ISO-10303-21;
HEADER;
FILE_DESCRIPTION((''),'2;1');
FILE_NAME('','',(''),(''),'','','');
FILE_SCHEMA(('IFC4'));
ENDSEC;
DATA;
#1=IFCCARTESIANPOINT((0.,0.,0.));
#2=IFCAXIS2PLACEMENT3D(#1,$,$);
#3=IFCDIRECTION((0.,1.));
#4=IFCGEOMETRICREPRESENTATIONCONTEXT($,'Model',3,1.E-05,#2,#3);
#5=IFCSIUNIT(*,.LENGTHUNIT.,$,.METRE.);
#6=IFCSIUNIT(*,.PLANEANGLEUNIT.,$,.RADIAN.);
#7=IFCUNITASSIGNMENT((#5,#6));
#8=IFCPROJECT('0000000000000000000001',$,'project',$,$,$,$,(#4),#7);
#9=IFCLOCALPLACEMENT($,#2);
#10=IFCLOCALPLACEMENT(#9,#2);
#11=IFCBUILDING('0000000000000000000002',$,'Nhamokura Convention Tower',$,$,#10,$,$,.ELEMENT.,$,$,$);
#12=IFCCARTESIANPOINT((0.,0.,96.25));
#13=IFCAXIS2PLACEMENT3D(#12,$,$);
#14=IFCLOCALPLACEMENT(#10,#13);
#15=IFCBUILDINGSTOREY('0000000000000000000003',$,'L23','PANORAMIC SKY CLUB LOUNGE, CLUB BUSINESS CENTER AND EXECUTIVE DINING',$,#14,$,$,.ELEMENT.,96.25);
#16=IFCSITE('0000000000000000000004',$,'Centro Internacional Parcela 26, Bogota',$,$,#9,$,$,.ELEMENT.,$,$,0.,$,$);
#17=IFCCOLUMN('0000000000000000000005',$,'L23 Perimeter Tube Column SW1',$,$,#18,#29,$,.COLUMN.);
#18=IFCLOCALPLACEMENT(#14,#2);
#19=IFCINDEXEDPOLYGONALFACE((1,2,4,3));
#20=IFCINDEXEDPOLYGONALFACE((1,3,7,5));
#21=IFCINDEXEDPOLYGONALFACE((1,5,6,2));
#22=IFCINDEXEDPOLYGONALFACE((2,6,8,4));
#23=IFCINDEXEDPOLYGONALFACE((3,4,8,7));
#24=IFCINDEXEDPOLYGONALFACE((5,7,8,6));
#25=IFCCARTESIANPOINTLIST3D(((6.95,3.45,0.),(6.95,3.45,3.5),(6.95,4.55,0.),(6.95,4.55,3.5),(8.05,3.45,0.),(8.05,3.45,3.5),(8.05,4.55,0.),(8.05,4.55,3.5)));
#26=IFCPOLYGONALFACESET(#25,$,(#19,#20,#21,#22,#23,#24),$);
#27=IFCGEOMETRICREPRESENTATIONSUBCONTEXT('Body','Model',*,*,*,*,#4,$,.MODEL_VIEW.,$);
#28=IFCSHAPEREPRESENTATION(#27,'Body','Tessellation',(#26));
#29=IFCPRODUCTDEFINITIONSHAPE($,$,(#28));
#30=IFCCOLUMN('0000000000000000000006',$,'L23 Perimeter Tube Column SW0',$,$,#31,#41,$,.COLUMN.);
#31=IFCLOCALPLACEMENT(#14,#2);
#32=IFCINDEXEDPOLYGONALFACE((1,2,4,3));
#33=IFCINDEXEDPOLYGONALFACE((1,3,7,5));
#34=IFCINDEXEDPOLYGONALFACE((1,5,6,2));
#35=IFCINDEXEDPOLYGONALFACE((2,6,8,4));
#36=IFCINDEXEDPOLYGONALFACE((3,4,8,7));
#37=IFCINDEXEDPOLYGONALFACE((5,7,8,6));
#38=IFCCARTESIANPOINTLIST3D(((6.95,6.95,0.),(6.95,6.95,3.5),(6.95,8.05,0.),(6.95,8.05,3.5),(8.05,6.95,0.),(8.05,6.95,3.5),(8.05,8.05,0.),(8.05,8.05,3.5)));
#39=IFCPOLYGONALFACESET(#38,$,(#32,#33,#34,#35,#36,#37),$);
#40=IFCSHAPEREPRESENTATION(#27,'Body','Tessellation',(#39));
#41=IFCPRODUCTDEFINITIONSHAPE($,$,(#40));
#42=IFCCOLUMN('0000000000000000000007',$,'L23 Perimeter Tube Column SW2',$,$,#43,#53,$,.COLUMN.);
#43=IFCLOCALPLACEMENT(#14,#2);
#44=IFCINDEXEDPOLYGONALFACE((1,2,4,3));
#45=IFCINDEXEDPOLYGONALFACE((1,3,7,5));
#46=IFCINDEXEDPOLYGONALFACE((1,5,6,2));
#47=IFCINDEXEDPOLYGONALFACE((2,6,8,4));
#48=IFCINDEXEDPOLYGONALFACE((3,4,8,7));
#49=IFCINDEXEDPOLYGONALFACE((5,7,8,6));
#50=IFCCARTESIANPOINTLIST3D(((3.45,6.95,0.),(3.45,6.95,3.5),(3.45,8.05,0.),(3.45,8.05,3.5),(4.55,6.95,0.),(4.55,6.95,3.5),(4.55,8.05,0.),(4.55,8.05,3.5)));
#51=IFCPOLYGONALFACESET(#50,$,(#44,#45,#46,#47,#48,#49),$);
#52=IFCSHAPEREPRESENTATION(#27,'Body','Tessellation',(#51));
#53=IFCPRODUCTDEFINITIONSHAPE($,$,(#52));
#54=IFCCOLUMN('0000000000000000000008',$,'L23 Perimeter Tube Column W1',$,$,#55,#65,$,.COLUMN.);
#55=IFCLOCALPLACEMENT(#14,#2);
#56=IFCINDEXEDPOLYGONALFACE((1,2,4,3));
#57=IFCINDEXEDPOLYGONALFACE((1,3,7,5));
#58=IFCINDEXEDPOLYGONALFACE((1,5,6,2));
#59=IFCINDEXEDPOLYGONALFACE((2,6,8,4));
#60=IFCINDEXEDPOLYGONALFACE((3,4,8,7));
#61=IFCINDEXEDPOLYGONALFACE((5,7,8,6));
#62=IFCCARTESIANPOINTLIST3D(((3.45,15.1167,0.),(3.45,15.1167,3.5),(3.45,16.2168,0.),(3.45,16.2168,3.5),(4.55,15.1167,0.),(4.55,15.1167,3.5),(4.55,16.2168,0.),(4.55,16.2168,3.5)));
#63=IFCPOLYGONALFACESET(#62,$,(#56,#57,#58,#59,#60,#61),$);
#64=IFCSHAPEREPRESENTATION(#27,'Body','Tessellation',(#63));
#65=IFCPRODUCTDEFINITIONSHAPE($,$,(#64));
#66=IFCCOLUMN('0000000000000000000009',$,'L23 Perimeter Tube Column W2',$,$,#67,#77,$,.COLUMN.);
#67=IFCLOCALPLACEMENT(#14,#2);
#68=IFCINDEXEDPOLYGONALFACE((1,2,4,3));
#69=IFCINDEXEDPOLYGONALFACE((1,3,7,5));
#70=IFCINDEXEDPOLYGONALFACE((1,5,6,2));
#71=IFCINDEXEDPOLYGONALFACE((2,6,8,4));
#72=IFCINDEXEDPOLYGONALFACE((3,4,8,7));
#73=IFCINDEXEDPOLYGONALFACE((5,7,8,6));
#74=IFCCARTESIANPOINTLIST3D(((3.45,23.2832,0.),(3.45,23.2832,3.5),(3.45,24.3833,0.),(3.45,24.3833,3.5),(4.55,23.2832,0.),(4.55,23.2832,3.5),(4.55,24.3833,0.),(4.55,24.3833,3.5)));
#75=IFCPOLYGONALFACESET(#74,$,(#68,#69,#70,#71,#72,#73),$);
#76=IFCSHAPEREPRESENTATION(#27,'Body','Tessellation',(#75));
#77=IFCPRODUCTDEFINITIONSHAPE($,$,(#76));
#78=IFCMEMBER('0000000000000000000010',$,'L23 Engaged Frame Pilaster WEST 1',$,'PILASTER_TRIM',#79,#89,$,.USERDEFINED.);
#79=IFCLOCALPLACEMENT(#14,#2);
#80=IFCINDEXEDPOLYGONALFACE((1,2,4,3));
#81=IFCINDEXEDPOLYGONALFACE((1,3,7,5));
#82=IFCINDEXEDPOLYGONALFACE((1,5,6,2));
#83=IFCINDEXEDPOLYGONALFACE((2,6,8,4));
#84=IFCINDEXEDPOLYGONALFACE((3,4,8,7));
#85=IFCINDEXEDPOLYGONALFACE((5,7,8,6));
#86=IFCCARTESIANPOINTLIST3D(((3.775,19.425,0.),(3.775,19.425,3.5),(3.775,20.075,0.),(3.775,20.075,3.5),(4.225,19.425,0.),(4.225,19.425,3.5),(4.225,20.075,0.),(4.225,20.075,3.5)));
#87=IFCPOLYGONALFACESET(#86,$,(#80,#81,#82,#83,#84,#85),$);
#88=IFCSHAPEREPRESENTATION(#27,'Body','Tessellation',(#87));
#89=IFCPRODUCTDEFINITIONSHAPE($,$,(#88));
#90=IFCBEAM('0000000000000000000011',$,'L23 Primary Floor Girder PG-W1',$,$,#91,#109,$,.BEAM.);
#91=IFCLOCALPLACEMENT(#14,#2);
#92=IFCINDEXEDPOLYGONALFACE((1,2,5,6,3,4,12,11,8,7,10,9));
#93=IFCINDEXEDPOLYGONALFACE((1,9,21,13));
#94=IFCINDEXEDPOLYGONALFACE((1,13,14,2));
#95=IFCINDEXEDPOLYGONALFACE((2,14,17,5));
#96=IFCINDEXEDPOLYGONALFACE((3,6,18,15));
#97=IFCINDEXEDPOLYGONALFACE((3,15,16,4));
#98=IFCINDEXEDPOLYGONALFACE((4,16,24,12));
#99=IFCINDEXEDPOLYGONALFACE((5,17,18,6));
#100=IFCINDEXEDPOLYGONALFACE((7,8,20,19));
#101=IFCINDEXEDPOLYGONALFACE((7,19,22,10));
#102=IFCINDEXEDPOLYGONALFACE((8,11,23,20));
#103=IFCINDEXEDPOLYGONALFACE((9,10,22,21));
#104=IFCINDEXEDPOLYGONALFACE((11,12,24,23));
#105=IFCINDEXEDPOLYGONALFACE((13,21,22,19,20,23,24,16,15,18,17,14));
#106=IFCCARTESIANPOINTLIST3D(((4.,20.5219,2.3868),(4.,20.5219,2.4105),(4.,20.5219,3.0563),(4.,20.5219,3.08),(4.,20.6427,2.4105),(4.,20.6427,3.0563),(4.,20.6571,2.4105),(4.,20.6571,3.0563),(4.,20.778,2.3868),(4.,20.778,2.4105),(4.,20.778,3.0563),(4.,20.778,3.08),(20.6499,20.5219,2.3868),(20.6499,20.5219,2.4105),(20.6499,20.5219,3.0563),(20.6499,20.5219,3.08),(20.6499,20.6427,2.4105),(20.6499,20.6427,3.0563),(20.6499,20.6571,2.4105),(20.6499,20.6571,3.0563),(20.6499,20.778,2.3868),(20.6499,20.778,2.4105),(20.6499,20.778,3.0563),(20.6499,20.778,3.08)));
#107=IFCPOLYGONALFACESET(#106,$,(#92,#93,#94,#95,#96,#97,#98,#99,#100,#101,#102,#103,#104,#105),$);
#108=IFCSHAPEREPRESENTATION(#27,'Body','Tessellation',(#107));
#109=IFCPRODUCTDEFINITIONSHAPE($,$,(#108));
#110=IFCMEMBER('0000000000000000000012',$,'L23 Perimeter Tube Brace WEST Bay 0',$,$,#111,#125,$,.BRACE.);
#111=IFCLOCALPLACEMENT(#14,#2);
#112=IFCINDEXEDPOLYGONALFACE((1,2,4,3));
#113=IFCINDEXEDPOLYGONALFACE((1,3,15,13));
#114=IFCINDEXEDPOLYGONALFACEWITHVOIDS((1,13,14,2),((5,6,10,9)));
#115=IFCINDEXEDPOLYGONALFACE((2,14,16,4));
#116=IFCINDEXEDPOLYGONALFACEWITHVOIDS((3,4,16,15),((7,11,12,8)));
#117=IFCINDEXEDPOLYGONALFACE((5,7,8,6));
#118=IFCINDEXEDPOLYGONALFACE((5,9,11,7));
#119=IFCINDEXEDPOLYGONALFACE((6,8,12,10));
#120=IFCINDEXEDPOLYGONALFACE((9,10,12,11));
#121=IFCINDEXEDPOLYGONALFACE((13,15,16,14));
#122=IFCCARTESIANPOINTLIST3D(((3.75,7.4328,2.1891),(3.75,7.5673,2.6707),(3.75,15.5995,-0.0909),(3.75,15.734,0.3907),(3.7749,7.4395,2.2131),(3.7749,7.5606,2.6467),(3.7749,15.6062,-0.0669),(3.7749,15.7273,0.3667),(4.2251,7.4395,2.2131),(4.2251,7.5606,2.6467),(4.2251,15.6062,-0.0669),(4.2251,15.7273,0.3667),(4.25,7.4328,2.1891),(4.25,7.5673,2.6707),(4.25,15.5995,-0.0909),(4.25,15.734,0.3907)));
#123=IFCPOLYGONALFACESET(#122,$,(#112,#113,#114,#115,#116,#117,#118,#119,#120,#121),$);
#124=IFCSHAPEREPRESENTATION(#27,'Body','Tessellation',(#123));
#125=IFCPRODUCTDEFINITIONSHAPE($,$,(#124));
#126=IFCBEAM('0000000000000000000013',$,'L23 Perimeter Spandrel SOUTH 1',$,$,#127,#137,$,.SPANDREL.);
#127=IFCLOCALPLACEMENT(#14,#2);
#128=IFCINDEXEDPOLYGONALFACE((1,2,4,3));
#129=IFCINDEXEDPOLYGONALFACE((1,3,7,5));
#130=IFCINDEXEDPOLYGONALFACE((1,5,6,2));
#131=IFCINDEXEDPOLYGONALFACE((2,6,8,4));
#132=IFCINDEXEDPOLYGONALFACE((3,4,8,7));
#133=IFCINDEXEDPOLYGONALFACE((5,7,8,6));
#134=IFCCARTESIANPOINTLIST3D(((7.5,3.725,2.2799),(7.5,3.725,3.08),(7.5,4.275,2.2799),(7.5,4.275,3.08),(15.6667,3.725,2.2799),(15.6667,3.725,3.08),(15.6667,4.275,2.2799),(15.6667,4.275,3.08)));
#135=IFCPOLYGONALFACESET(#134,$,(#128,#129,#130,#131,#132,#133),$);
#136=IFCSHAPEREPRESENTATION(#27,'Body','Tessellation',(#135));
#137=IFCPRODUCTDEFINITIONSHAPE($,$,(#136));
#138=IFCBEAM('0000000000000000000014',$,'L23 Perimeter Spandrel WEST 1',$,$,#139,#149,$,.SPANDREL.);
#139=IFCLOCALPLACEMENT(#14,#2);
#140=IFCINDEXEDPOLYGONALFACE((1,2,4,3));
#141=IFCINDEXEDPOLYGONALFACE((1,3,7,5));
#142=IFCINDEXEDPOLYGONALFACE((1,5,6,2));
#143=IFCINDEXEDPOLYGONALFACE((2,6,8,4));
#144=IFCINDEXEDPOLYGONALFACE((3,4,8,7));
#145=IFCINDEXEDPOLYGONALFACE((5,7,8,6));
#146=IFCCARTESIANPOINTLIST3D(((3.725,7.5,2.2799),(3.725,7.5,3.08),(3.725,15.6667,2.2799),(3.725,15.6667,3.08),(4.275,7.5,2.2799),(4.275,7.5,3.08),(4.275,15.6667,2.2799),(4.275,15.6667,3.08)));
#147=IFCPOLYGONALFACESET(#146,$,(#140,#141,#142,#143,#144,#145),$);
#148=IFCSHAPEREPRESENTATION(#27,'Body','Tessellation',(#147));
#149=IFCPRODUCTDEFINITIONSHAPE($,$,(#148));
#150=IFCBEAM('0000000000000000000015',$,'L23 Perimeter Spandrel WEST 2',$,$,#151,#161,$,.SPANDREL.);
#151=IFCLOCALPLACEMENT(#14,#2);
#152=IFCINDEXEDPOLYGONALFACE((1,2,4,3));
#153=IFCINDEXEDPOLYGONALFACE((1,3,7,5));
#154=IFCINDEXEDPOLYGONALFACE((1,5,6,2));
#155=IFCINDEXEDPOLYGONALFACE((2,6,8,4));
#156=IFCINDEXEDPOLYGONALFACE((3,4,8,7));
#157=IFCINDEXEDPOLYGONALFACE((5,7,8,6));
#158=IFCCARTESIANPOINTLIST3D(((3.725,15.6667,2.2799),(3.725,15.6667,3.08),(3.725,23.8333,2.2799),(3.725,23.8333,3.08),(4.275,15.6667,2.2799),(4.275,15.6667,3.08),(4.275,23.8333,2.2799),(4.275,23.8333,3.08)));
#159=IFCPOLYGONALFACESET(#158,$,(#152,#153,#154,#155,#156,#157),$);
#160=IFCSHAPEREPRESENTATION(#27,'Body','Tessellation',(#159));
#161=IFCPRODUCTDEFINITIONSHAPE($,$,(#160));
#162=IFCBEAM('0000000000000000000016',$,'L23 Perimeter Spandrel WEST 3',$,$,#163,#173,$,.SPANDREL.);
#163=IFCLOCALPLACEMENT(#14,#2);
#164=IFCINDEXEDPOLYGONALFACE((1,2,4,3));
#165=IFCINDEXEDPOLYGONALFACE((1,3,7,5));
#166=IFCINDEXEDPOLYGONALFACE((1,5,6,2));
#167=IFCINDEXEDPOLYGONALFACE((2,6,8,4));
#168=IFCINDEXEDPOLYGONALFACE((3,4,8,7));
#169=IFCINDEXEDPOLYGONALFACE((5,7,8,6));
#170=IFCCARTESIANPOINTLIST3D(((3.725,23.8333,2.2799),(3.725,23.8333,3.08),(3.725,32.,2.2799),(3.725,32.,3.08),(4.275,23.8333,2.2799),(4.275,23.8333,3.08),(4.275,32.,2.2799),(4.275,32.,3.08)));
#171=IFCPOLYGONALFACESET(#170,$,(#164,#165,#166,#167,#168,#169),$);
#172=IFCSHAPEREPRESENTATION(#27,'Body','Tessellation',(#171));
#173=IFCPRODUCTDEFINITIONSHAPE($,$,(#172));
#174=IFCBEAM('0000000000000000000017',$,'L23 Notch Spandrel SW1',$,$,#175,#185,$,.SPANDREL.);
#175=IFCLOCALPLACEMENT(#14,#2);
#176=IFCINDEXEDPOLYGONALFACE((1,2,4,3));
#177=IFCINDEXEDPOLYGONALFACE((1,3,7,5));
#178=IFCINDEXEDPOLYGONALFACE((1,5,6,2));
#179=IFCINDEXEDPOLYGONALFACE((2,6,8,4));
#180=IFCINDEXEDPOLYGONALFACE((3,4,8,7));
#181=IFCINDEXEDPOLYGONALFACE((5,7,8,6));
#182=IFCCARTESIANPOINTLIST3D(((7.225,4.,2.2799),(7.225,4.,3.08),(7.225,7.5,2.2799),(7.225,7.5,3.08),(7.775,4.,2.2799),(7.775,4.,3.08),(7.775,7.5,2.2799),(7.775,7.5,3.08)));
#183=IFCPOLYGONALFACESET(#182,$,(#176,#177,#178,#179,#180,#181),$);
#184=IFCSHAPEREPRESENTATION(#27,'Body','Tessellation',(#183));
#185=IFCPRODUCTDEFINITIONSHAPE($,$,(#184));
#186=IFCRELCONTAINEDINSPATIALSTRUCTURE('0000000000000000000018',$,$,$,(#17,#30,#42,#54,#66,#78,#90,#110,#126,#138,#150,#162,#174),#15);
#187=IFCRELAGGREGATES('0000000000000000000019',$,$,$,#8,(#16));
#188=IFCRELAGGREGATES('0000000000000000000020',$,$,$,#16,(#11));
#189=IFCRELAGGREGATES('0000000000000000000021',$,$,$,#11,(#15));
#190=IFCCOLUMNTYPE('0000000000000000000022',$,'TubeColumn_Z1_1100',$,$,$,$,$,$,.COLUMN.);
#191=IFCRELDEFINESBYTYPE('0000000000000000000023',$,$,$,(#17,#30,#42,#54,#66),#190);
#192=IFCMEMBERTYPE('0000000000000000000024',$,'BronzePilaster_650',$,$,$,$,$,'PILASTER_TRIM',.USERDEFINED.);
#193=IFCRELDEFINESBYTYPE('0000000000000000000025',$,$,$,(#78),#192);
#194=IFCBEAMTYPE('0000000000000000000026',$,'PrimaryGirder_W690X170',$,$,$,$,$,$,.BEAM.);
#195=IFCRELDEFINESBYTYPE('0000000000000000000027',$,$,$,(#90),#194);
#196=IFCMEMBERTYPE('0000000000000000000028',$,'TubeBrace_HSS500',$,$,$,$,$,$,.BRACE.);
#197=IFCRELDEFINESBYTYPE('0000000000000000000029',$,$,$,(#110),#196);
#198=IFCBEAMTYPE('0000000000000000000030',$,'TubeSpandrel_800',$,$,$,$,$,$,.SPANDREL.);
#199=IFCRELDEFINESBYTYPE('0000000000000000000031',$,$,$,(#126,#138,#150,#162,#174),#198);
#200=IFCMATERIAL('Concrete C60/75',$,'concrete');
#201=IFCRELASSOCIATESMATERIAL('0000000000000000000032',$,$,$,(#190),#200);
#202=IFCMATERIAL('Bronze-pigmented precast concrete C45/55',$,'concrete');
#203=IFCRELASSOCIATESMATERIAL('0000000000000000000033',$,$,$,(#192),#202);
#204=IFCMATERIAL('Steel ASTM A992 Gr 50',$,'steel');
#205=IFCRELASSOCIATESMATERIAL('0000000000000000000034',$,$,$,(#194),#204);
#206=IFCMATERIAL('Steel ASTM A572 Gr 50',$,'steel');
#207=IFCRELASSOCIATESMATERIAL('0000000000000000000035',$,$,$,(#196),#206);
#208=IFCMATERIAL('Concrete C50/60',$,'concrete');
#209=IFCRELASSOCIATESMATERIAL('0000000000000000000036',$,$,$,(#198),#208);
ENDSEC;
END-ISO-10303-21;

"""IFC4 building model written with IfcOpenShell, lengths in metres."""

from ifc_helpers import new_model, si_unit, direction, frame, origin, origin_2d, place, context, subcontext, project, spatial, rectangle, hollow_rectangle, i_section, extrude, material, material_profile, profile_set, type_object, element, save


model = new_model("IFC4")

# Units and contexts
model_context = context("Model", 3, precision=1e-05, world=origin(), true_north=direction((0.0, 1.0)))
body_context = subcontext(model_context, "Body", "Model", "MODEL_VIEW")
ifc_project = project(units=[si_unit("LENGTHUNIT", "METRE"), si_unit("PLANEANGLEUNIT", "RADIAN")], contexts=[model_context])

# Site, building, storey
site_placement = place(None, origin())
site = spatial("IfcSite", under=ifc_project, at=site_placement, Name="Centro Internacional Parcela 26, Bogota", CompositionType="ELEMENT", RefElevation=0.0)
building_placement = place(site_placement, origin())
building = spatial("IfcBuilding", under=site, at=building_placement, Name="Nhamokura Convention Tower", CompositionType="ELEMENT")
storey_placement = place(building_placement, frame((0.0, 0.0, 96.25)))
storey = spatial("IfcBuildingStorey", under=building, at=storey_placement, Name="L23", Description="PANORAMIC SKY CLUB LOUNGE, CLUB BUSINESS CENTER AND EXECUTIVE DINING", CompositionType="ELEMENT", Elevation=96.25)

# Columns
ifc_material_1 = material(Name="Concrete C60/75", Category="concrete")
ifc_material_profile_1 = material_profile(ifc_material_1, rectangle(XDim=1.1001, YDim=1.1001, at=origin_2d()))
ifc_profile_set_1 = profile_set([ifc_material_profile_1], Name="Concrete C60/75")
column_type = type_object("IfcColumnType", Name="TubeColumn_Z1_1100", PredefinedType="COLUMN", material=ifc_profile_set_1)
for number, where, z_axis, x_axis, name in (
    (1, (7.5, 4.0, 0.0), (0.0, 0.0, 1.0), (1.0, 0.0, 0.0), "L23 Perimeter Tube Column SW1"),
    (2, (7.5, 7.5, 0.0), (0.0, 0.0, 1.0), (1.0, 0.0, 0.0), "L23 Perimeter Tube Column SW0"),
    (3, (4.0, 7.5, 0.0), (0.0, 0.0, 1.0), (1.0, 0.0, 0.0), "L23 Perimeter Tube Column SW2"),
    (4, (4.0, 15.6667, 0.0), (0.0, 0.0, 1.0), (1.0, 0.0, 0.0), "L23 Perimeter Tube Column W1"),
    (5, (4.0, 23.8333, 0.0), (0.0, 0.0, 1.0), (1.0, 0.0, 0.0), "L23 Perimeter Tube Column W2"),
):
    element("IfcColumn", number, at=place(storey_placement, frame(where, z_axis=z_axis, x_axis=x_axis)), inside=storey, type_object=column_type, Name=name, PredefinedType="COLUMN", context=body_context, shape_type="SweptSolid", body=[
        extrude(rectangle(XDim=1.1001, YDim=1.1001, at=origin_2d()), origin(), (0.0, 0.0, 1.0), 3.5),
    ])

# Member
ifc_material_2 = material(Name="Bronze-pigmented precast concrete C45/55", Category="concrete")
ifc_material_profile_2 = material_profile(ifc_material_2, rectangle(XDim=0.45, YDim=0.6499, at=origin_2d()))
ifc_profile_set_2 = profile_set([ifc_material_profile_2], Name="Bronze-pigmented precast concrete C45/55")
member_type_1 = type_object("IfcMemberType", Name="BronzePilaster_650", ElementType="PILASTER_TRIM", PredefinedType="USERDEFINED", material=ifc_profile_set_2)
member_1_placement = place(storey_placement, frame((4.0, 19.75, 0.0), z_axis=(0.0, 0.0, 1.0), x_axis=(1.0, 0.0, 0.0)))
element("IfcMember", 6, at=member_1_placement, inside=storey, type_object=member_type_1, Name="L23 Engaged Frame Pilaster WEST 1", ObjectType="PILASTER_TRIM", PredefinedType="USERDEFINED", context=body_context, shape_type="SweptSolid", body=[
    extrude(rectangle(XDim=0.45, YDim=0.6499, at=origin_2d()), origin(), (0.0, 0.0, 1.0), 3.5),
])

# Beam
ifc_material_3 = material(Name="Steel ASTM A992 Gr 50", Category="steel")
ifc_material_profile_3 = material_profile(ifc_material_3, i_section(OverallWidth=0.2561, OverallDepth=0.6931, WebThickness=0.0144, FlangeThickness=0.0237, at=origin_2d()))
ifc_profile_set_3 = profile_set([ifc_material_profile_3], Name="Steel ASTM A992 Gr 50")
beam_type_1 = type_object("IfcBeamType", Name="PrimaryGirder_W690X170", PredefinedType="BEAM", material=ifc_profile_set_3)
beam_1_placement = place(storey_placement, frame((4.0, 20.6499, 2.7334), z_axis=(1.0, 0.0, 0.0), x_axis=(0.0, 1.0, 0.0)))
element("IfcBeam", 7, at=beam_1_placement, inside=storey, type_object=beam_type_1, Name="L23 Primary Floor Girder PG-W1", PredefinedType="BEAM", context=body_context, shape_type="SweptSolid", body=[
    extrude(i_section(OverallWidth=0.2561, OverallDepth=0.6931, WebThickness=0.0144, FlangeThickness=0.0237, at=origin_2d()), origin(), (0.0, 0.0, 1.0), 16.6499),
])

# Member
ifc_material_4 = material(Name="Steel ASTM A572 Gr 50", Category="steel")
ifc_material_profile_4 = material_profile(ifc_material_4, hollow_rectangle(XDim=0.5, YDim=0.5, WallThickness=0.0249, at=origin_2d()))
ifc_profile_set_4 = profile_set([ifc_material_profile_4], Name="Steel ASTM A572 Gr 50")
member_type_2 = type_object("IfcMemberType", Name="TubeBrace_HSS500", PredefinedType="BRACE", material=ifc_profile_set_4)
member_2_placement = place(storey_placement, frame((4.0, 15.6667, 0.1499), z_axis=(0.0, -0.963168, 0.268901), x_axis=(1.0, 0.0, 0.0)))
element("IfcMember", 8, at=member_2_placement, inside=storey, type_object=member_type_2, Name="L23 Perimeter Tube Brace WEST Bay 0", PredefinedType="BRACE", context=body_context, shape_type="SweptSolid", body=[
    extrude(hollow_rectangle(XDim=0.5, YDim=0.5, WallThickness=0.0249, at=origin_2d()), origin(), (0.0, 0.0, 1.0), 8.479),
])

# Beams
ifc_material_5 = material(Name="Concrete C50/60", Category="concrete")
ifc_material_profile_5 = material_profile(ifc_material_5, rectangle(XDim=0.55, YDim=0.8, at=origin_2d()))
ifc_profile_set_5 = profile_set([ifc_material_profile_5], Name="Concrete C50/60")
beam_type_2 = type_object("IfcBeamType", Name="TubeSpandrel_800", PredefinedType="SPANDREL", material=ifc_profile_set_5)
for number, where, z_axis, x_axis, name in (
    (9, (7.5, 4.0, 2.6799), (1.0, 0.0, 0.0), (0.0, 1.0, 0.0), "L23 Perimeter Spandrel SOUTH 1"),
    (10, (4.0, 7.5, 2.6799), (0.0, 1.0, 0.0), (-1.0, 0.0, 0.0), "L23 Perimeter Spandrel WEST 1"),
):
    element("IfcBeam", number, at=place(storey_placement, frame(where, z_axis=z_axis, x_axis=x_axis)), inside=storey, type_object=beam_type_2, Name=name, PredefinedType="SPANDREL", context=body_context, shape_type="SweptSolid", body=[
        extrude(rectangle(XDim=0.55, YDim=0.8, at=origin_2d()), origin(), (0.0, 0.0, 1.0), 8.1667),
    ])
beam_2_placement = place(storey_placement, frame((4.0, 15.6667, 2.6799), z_axis=(0.0, 1.0, 0.0), x_axis=(-1.0, 0.0, 0.0)))
element("IfcBeam", 11, at=beam_2_placement, inside=storey, type_object=beam_type_2, Name="L23 Perimeter Spandrel WEST 2", PredefinedType="SPANDREL", context=body_context, shape_type="SweptSolid", body=[
    extrude(rectangle(XDim=0.55, YDim=0.8, at=origin_2d()), origin(), (0.0, 0.0, 1.0), 8.1665),
])
beam_3_placement = place(storey_placement, frame((4.0, 23.8333, 2.6799), z_axis=(0.0, 1.0, 0.0), x_axis=(-1.0, 0.0, 0.0)))
element("IfcBeam", 12, at=beam_3_placement, inside=storey, type_object=beam_type_2, Name="L23 Perimeter Spandrel WEST 3", PredefinedType="SPANDREL", context=body_context, shape_type="SweptSolid", body=[
    extrude(rectangle(XDim=0.55, YDim=0.8, at=origin_2d()), origin(), (0.0, 0.0, 1.0), 8.1667),
])
beam_4_placement = place(storey_placement, frame((7.5, 4.0, 2.6799), z_axis=(0.0, 1.0, 0.0), x_axis=(-1.0, 0.0, 0.0)))
element("IfcBeam", 13, at=beam_4_placement, inside=storey, type_object=beam_type_2, Name="L23 Notch Spandrel SW1", PredefinedType="SPANDREL", context=body_context, shape_type="SweptSolid", body=[
    extrude(rectangle(XDim=0.55, YDim=0.8, at=origin_2d()), origin(), (0.0, 0.0, 1.0), 3.5),
])

save(model, "model.ifc")
